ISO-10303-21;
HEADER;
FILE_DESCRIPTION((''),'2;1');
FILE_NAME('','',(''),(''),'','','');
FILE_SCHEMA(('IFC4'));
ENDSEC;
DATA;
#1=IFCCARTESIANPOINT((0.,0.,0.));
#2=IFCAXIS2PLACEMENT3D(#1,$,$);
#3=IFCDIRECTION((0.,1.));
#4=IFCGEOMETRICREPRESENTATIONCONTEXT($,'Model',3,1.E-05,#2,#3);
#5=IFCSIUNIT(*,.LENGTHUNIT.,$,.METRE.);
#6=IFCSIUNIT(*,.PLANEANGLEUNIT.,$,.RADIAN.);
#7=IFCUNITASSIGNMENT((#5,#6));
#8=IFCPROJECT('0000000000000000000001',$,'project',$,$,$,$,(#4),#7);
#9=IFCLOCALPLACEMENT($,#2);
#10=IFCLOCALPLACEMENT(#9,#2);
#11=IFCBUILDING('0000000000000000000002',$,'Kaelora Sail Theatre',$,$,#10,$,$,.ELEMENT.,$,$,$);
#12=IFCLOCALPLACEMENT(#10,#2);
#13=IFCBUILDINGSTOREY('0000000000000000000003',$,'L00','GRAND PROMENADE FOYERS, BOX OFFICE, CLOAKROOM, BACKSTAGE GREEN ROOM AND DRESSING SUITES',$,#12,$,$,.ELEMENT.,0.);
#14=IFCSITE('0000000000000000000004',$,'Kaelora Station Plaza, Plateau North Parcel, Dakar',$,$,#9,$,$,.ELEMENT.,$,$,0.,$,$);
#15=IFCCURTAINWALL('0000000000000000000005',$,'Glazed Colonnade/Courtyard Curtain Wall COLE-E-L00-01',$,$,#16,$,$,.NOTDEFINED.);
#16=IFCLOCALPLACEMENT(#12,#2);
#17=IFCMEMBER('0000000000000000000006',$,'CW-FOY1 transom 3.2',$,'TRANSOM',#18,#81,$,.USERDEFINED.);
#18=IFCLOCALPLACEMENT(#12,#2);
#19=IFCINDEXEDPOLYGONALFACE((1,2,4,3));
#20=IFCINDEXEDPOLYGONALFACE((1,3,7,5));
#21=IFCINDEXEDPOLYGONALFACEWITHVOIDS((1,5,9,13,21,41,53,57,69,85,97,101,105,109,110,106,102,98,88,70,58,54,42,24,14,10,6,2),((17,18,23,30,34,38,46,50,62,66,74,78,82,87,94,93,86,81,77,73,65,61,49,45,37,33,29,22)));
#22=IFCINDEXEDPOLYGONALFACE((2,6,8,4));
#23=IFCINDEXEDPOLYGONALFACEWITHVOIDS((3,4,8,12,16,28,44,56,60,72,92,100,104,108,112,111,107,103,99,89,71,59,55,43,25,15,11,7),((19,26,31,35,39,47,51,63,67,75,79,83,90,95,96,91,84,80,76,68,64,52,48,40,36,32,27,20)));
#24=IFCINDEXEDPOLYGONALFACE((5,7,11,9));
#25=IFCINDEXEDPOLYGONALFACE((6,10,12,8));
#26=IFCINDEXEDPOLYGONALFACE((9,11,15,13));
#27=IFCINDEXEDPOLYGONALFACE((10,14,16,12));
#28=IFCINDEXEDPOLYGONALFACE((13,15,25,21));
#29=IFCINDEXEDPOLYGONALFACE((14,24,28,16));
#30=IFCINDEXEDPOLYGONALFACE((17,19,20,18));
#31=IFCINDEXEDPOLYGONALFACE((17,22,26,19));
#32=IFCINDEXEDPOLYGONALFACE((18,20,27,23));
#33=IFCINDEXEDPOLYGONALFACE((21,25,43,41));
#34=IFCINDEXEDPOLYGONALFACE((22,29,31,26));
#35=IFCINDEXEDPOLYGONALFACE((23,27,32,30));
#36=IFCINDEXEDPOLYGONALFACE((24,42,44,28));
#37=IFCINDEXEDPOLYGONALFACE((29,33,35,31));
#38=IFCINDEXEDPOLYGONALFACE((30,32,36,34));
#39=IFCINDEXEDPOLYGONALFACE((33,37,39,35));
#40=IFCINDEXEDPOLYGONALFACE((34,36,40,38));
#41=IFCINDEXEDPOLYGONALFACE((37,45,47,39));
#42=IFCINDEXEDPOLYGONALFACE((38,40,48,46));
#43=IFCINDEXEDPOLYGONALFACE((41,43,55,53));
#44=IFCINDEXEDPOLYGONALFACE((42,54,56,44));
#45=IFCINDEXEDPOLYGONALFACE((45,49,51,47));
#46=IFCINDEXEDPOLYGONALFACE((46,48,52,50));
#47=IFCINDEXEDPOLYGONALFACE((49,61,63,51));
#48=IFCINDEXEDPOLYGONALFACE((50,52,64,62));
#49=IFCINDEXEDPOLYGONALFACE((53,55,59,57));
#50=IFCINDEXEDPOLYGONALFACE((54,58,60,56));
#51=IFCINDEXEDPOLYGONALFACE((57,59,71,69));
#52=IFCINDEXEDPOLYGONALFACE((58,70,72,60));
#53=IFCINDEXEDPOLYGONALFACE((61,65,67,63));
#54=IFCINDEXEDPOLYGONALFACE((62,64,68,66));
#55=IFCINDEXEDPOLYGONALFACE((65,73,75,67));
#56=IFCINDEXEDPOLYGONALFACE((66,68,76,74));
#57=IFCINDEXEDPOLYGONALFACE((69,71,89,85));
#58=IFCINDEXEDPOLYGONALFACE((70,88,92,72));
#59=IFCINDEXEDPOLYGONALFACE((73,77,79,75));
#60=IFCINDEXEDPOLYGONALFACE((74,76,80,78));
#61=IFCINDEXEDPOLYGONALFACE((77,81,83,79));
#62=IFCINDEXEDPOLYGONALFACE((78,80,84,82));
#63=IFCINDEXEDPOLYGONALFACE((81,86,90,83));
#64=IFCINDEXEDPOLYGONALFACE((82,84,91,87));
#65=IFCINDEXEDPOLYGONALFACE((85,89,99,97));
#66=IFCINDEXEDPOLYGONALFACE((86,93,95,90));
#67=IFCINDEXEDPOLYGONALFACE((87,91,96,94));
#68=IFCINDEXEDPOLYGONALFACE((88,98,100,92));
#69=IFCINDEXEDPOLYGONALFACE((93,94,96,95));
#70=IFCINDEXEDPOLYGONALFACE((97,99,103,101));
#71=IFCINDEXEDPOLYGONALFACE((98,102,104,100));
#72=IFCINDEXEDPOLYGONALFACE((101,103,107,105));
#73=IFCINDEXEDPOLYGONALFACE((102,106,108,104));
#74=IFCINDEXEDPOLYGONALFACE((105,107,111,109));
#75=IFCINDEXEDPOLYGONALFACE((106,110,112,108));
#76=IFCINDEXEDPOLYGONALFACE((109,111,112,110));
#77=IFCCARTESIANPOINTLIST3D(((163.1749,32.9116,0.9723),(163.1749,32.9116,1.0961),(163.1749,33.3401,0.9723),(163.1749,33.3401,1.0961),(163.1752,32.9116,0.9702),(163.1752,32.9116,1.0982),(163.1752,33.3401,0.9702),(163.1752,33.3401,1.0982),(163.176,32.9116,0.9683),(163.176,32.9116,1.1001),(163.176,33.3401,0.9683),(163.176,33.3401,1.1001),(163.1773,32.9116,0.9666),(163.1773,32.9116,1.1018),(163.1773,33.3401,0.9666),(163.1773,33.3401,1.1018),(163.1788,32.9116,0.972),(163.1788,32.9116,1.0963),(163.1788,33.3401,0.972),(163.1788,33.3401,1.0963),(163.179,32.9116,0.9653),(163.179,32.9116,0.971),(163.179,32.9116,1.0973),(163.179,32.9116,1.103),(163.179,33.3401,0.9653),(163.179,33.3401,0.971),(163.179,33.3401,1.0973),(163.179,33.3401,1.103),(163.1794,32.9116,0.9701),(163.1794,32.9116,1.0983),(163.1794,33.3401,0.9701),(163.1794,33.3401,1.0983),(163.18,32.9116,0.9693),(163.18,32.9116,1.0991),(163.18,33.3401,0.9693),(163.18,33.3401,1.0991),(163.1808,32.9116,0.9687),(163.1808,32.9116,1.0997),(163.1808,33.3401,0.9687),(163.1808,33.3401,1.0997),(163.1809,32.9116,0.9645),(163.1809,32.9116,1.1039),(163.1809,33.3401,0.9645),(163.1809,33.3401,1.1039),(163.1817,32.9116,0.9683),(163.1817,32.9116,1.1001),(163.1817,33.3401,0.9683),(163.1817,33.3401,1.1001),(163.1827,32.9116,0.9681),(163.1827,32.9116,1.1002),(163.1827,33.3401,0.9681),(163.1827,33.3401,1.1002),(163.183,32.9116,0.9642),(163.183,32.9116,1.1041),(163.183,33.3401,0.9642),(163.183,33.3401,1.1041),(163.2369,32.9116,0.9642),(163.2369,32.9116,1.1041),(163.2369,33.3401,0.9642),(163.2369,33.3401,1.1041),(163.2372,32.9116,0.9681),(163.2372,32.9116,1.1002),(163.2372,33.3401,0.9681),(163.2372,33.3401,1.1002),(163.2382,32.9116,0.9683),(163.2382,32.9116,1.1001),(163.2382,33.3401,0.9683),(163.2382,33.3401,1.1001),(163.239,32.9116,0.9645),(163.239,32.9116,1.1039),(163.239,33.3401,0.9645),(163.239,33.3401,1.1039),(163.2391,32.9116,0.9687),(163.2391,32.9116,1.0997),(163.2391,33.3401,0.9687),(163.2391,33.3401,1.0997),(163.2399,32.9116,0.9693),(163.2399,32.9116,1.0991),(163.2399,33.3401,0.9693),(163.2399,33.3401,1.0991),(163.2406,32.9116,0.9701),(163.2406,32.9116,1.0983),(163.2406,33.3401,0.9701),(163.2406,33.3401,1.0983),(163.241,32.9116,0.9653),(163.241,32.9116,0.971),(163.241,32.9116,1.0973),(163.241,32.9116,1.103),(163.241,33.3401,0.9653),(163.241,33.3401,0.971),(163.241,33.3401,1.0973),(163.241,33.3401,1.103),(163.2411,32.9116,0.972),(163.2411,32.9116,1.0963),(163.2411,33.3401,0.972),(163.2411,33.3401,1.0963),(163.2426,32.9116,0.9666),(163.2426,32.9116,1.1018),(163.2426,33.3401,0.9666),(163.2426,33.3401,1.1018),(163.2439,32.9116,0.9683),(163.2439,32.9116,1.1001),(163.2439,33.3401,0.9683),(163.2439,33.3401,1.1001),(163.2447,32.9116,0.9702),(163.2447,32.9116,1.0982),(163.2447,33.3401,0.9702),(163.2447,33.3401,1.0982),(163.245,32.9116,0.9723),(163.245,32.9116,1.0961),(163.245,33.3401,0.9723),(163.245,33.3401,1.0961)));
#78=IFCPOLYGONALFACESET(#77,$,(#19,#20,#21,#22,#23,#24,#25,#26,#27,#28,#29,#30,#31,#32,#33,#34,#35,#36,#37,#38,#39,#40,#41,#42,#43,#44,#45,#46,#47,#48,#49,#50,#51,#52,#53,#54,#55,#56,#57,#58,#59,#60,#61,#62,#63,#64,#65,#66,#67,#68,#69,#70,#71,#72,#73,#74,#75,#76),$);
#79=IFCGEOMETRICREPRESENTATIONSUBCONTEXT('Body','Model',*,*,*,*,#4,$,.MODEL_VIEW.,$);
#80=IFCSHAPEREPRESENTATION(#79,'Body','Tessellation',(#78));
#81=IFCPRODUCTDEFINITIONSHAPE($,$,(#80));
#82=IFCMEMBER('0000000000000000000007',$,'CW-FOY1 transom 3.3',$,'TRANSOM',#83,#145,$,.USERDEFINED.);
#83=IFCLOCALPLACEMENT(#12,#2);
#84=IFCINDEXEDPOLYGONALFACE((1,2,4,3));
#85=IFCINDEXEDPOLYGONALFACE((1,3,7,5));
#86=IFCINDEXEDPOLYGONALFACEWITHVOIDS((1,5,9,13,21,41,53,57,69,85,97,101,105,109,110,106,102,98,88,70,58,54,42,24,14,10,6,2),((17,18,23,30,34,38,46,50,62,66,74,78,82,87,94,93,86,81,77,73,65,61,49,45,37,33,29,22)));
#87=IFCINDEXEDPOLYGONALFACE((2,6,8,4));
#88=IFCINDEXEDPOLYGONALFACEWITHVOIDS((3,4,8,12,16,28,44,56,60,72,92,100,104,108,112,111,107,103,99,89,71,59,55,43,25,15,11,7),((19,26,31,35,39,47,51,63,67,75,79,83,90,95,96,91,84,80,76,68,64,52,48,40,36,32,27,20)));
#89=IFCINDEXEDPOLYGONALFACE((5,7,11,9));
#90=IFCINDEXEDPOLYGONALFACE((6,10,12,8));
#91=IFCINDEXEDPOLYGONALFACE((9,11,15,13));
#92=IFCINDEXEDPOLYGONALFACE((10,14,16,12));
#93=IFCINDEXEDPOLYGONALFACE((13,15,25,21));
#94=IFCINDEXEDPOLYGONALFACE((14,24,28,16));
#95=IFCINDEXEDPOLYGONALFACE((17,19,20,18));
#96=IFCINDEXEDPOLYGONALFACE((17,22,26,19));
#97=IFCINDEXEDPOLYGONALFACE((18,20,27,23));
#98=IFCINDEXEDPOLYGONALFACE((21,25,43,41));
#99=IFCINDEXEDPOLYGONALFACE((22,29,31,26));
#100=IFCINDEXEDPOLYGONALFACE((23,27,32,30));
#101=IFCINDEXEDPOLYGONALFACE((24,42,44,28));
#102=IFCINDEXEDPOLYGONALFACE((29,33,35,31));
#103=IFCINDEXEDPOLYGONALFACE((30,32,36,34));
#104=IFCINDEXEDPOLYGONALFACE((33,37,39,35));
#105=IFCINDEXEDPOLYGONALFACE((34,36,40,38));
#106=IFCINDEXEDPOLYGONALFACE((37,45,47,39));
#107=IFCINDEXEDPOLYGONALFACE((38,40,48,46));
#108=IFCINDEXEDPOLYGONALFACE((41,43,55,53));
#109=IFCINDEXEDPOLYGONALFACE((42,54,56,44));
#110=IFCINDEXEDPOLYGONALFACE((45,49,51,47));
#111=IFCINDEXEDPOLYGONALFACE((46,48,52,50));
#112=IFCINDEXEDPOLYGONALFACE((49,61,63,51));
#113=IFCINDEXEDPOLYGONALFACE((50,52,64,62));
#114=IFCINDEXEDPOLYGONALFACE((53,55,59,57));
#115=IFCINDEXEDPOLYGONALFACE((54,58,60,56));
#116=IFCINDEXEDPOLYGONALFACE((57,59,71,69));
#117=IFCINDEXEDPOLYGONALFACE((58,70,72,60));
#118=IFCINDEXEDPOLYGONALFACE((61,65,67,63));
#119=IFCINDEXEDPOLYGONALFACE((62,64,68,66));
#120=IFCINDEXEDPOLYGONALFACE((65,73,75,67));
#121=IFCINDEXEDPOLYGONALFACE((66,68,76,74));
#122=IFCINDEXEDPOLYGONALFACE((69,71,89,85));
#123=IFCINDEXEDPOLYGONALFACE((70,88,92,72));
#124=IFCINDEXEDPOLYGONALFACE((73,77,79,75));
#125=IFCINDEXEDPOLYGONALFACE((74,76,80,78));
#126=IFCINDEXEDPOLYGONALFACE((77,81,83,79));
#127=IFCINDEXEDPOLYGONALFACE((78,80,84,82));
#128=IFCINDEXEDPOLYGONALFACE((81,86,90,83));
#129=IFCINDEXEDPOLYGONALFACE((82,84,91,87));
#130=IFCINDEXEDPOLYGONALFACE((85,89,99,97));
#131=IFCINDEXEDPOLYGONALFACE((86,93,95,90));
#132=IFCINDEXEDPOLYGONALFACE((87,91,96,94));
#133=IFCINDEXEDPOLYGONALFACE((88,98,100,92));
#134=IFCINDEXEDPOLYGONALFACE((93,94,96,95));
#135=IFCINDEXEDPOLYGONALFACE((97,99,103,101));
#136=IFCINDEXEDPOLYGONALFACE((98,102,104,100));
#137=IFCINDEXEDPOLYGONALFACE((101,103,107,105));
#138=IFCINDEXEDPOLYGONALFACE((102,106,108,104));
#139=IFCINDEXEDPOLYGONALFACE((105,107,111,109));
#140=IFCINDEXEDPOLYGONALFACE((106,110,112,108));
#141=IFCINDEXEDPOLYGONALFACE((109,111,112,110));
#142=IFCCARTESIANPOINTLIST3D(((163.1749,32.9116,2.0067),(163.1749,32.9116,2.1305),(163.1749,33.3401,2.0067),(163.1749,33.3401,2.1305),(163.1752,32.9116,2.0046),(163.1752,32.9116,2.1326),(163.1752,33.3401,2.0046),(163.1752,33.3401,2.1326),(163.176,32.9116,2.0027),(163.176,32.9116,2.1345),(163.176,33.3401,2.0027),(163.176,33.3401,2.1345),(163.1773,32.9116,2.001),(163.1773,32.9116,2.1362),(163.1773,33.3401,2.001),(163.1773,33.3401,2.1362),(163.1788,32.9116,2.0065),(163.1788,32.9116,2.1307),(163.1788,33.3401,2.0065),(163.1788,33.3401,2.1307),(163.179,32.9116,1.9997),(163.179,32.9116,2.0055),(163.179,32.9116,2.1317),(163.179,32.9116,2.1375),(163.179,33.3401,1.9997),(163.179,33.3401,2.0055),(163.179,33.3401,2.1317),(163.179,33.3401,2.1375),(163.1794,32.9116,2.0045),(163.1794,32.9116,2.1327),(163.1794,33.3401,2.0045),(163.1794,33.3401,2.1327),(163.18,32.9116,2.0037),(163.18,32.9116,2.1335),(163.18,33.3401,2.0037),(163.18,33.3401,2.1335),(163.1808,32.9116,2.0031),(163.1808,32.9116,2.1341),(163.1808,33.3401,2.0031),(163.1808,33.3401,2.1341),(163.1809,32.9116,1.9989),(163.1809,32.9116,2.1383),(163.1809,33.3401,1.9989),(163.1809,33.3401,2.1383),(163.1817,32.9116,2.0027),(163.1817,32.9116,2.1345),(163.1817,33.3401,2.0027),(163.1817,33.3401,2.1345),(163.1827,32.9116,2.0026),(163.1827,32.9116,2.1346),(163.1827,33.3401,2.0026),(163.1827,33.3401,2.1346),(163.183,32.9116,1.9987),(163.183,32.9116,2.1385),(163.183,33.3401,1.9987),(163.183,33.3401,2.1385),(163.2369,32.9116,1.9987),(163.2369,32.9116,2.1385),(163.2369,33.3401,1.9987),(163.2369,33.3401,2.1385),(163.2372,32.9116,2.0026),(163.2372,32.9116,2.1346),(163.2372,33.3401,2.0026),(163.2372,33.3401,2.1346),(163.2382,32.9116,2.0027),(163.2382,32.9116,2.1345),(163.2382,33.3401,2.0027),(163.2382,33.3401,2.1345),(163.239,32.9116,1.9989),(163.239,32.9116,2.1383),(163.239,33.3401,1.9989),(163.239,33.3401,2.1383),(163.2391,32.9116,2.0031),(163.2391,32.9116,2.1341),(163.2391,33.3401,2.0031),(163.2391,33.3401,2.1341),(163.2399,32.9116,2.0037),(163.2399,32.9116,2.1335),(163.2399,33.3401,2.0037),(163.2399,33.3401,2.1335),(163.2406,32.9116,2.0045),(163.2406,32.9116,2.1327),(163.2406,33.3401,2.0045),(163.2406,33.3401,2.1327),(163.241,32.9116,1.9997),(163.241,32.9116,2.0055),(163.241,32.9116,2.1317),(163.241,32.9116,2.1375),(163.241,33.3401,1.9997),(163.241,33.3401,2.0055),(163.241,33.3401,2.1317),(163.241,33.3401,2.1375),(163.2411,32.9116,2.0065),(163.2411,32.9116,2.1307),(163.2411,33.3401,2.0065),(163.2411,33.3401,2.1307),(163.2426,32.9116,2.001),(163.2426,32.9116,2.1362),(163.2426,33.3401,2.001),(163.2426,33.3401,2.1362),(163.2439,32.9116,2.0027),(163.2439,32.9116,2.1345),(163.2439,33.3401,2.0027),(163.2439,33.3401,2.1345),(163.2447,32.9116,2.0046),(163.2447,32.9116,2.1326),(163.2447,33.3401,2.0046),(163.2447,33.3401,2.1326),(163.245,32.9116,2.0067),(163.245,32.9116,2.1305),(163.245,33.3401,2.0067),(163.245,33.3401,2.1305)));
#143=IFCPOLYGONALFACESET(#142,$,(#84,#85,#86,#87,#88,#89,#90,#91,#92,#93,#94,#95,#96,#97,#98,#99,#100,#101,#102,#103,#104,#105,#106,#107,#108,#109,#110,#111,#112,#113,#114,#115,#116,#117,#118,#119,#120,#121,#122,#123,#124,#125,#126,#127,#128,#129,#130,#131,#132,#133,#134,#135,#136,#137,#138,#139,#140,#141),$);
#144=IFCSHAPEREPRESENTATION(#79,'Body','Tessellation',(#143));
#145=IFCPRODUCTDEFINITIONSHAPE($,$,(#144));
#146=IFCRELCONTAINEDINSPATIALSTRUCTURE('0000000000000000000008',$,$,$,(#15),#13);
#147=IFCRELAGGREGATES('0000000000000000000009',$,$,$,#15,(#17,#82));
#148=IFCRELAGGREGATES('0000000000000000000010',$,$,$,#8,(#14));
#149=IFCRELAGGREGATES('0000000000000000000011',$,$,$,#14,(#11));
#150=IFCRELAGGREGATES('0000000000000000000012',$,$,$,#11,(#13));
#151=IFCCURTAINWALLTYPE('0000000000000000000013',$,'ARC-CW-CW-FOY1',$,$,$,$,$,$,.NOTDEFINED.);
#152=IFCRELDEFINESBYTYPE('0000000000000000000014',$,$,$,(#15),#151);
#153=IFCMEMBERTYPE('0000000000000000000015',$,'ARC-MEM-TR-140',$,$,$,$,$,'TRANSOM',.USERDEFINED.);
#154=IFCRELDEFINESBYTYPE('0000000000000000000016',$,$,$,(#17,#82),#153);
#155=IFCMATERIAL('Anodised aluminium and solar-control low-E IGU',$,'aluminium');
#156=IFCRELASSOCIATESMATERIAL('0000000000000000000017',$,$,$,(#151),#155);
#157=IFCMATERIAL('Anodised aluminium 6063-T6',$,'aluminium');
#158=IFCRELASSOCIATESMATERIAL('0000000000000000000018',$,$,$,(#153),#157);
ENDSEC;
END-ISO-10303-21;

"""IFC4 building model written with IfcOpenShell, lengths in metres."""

from ifc_helpers import new_model, si_unit, direction, frame, origin, origin_2d, place, context, subcontext, project, spatial, hollow_rectangle, extrude, material, material_profile, profile_set, type_object, element, aggregate, save


model = new_model("IFC4")

# Units and contexts
model_context = context("Model", 3, precision=1e-05, world=origin(), true_north=direction((0.0, 1.0)))
body_context = subcontext(model_context, "Body", "Model", "MODEL_VIEW")
ifc_project = project(units=[si_unit("LENGTHUNIT", "METRE"), si_unit("PLANEANGLEUNIT", "RADIAN")], contexts=[model_context])

# Site, building, storey
site_placement = place(None, origin())
site = spatial("IfcSite", under=ifc_project, at=site_placement, Name="Kaelora Station Plaza, Plateau North Parcel, Dakar", CompositionType="ELEMENT", RefElevation=0.0)
building_placement = place(site_placement, origin())
building = spatial("IfcBuilding", under=site, at=building_placement, Name="Kaelora Sail Theatre", CompositionType="ELEMENT")
storey_placement = place(building_placement, origin())
storey = spatial("IfcBuildingStorey", under=building, at=storey_placement, Name="L00", Description="GRAND PROMENADE FOYERS, BOX OFFICE, CLOAKROOM, BACKSTAGE GREEN ROOM AND DRESSING SUITES", CompositionType="ELEMENT", Elevation=0.0)

# Curtain wall, members
ifc_material_1 = material(Name="Anodised aluminium and solar-control low-E IGU", Category="aluminium")
curtain_wall_type = type_object("IfcCurtainWallType", Name="ARC-CW-CW-FOY1", PredefinedType="NOTDEFINED", material=ifc_material_1)
curtain_wall_placement = place(storey_placement, origin())
curtain_wall = element("IfcCurtainWall", 1, at=curtain_wall_placement, inside=storey, type_object=curtain_wall_type, Name="Glazed Colonnade/Courtyard Curtain Wall COLE-E-L00-01", PredefinedType="NOTDEFINED")
ifc_material_2 = material(Name="Anodised aluminium 6063-T6", Category="aluminium")
ifc_material_profile_1 = material_profile(ifc_material_2, hollow_rectangle(XDim=0.0701, YDim=0.1399, WallThickness=0.0039, InnerFilletRadius=0.0039, OuterFilletRadius=0.0081, at=origin_2d()), Name="ALU-TRAN 70x140x4")
ifc_profile_set_1 = profile_set([ifc_material_profile_1], Name="Anodised aluminium 6063-T6")
member_type_1 = type_object("IfcMemberType", Name="ARC-MEM-TR-140", ElementType="TRANSOM", PredefinedType="USERDEFINED", material=ifc_profile_set_1)
member_1_placement = place(storey_placement, frame((163.21, 32.9116, 1.0342), z_axis=(0.0, 1.0, 0.0), x_axis=(-1.0, 0.0, 0.0)))
member_1 = element("IfcMember", 2, at=member_1_placement, type_object=member_type_1, Name="CW-FOY1 transom 3.2", ObjectType="TRANSOM", PredefinedType="USERDEFINED", context=body_context, shape_type="SweptSolid", body=[
    extrude(hollow_rectangle(XDim=0.0701, YDim=0.1399, WallThickness=0.0039, InnerFilletRadius=0.0039, OuterFilletRadius=0.0081, at=origin_2d()), origin(), (0.0, 0.0, 1.0), 0.4285),
])
member_2_placement = place(storey_placement, frame((163.21, 32.9116, 2.0686), z_axis=(0.0, 1.0, 0.0), x_axis=(-1.0, 0.0, 0.0)))
member_2 = element("IfcMember", 3, at=member_2_placement, type_object=member_type_1, Name="CW-FOY1 transom 3.3", ObjectType="TRANSOM", PredefinedType="USERDEFINED", context=body_context, shape_type="SweptSolid", body=[
    extrude(hollow_rectangle(XDim=0.0701, YDim=0.1399, WallThickness=0.0039, InnerFilletRadius=0.0039, OuterFilletRadius=0.0081, at=origin_2d()), origin(), (0.0, 0.0, 1.0), 0.4285),
])

aggregate(curtain_wall, [member_1, member_2])

save(model, "model.ifc")
